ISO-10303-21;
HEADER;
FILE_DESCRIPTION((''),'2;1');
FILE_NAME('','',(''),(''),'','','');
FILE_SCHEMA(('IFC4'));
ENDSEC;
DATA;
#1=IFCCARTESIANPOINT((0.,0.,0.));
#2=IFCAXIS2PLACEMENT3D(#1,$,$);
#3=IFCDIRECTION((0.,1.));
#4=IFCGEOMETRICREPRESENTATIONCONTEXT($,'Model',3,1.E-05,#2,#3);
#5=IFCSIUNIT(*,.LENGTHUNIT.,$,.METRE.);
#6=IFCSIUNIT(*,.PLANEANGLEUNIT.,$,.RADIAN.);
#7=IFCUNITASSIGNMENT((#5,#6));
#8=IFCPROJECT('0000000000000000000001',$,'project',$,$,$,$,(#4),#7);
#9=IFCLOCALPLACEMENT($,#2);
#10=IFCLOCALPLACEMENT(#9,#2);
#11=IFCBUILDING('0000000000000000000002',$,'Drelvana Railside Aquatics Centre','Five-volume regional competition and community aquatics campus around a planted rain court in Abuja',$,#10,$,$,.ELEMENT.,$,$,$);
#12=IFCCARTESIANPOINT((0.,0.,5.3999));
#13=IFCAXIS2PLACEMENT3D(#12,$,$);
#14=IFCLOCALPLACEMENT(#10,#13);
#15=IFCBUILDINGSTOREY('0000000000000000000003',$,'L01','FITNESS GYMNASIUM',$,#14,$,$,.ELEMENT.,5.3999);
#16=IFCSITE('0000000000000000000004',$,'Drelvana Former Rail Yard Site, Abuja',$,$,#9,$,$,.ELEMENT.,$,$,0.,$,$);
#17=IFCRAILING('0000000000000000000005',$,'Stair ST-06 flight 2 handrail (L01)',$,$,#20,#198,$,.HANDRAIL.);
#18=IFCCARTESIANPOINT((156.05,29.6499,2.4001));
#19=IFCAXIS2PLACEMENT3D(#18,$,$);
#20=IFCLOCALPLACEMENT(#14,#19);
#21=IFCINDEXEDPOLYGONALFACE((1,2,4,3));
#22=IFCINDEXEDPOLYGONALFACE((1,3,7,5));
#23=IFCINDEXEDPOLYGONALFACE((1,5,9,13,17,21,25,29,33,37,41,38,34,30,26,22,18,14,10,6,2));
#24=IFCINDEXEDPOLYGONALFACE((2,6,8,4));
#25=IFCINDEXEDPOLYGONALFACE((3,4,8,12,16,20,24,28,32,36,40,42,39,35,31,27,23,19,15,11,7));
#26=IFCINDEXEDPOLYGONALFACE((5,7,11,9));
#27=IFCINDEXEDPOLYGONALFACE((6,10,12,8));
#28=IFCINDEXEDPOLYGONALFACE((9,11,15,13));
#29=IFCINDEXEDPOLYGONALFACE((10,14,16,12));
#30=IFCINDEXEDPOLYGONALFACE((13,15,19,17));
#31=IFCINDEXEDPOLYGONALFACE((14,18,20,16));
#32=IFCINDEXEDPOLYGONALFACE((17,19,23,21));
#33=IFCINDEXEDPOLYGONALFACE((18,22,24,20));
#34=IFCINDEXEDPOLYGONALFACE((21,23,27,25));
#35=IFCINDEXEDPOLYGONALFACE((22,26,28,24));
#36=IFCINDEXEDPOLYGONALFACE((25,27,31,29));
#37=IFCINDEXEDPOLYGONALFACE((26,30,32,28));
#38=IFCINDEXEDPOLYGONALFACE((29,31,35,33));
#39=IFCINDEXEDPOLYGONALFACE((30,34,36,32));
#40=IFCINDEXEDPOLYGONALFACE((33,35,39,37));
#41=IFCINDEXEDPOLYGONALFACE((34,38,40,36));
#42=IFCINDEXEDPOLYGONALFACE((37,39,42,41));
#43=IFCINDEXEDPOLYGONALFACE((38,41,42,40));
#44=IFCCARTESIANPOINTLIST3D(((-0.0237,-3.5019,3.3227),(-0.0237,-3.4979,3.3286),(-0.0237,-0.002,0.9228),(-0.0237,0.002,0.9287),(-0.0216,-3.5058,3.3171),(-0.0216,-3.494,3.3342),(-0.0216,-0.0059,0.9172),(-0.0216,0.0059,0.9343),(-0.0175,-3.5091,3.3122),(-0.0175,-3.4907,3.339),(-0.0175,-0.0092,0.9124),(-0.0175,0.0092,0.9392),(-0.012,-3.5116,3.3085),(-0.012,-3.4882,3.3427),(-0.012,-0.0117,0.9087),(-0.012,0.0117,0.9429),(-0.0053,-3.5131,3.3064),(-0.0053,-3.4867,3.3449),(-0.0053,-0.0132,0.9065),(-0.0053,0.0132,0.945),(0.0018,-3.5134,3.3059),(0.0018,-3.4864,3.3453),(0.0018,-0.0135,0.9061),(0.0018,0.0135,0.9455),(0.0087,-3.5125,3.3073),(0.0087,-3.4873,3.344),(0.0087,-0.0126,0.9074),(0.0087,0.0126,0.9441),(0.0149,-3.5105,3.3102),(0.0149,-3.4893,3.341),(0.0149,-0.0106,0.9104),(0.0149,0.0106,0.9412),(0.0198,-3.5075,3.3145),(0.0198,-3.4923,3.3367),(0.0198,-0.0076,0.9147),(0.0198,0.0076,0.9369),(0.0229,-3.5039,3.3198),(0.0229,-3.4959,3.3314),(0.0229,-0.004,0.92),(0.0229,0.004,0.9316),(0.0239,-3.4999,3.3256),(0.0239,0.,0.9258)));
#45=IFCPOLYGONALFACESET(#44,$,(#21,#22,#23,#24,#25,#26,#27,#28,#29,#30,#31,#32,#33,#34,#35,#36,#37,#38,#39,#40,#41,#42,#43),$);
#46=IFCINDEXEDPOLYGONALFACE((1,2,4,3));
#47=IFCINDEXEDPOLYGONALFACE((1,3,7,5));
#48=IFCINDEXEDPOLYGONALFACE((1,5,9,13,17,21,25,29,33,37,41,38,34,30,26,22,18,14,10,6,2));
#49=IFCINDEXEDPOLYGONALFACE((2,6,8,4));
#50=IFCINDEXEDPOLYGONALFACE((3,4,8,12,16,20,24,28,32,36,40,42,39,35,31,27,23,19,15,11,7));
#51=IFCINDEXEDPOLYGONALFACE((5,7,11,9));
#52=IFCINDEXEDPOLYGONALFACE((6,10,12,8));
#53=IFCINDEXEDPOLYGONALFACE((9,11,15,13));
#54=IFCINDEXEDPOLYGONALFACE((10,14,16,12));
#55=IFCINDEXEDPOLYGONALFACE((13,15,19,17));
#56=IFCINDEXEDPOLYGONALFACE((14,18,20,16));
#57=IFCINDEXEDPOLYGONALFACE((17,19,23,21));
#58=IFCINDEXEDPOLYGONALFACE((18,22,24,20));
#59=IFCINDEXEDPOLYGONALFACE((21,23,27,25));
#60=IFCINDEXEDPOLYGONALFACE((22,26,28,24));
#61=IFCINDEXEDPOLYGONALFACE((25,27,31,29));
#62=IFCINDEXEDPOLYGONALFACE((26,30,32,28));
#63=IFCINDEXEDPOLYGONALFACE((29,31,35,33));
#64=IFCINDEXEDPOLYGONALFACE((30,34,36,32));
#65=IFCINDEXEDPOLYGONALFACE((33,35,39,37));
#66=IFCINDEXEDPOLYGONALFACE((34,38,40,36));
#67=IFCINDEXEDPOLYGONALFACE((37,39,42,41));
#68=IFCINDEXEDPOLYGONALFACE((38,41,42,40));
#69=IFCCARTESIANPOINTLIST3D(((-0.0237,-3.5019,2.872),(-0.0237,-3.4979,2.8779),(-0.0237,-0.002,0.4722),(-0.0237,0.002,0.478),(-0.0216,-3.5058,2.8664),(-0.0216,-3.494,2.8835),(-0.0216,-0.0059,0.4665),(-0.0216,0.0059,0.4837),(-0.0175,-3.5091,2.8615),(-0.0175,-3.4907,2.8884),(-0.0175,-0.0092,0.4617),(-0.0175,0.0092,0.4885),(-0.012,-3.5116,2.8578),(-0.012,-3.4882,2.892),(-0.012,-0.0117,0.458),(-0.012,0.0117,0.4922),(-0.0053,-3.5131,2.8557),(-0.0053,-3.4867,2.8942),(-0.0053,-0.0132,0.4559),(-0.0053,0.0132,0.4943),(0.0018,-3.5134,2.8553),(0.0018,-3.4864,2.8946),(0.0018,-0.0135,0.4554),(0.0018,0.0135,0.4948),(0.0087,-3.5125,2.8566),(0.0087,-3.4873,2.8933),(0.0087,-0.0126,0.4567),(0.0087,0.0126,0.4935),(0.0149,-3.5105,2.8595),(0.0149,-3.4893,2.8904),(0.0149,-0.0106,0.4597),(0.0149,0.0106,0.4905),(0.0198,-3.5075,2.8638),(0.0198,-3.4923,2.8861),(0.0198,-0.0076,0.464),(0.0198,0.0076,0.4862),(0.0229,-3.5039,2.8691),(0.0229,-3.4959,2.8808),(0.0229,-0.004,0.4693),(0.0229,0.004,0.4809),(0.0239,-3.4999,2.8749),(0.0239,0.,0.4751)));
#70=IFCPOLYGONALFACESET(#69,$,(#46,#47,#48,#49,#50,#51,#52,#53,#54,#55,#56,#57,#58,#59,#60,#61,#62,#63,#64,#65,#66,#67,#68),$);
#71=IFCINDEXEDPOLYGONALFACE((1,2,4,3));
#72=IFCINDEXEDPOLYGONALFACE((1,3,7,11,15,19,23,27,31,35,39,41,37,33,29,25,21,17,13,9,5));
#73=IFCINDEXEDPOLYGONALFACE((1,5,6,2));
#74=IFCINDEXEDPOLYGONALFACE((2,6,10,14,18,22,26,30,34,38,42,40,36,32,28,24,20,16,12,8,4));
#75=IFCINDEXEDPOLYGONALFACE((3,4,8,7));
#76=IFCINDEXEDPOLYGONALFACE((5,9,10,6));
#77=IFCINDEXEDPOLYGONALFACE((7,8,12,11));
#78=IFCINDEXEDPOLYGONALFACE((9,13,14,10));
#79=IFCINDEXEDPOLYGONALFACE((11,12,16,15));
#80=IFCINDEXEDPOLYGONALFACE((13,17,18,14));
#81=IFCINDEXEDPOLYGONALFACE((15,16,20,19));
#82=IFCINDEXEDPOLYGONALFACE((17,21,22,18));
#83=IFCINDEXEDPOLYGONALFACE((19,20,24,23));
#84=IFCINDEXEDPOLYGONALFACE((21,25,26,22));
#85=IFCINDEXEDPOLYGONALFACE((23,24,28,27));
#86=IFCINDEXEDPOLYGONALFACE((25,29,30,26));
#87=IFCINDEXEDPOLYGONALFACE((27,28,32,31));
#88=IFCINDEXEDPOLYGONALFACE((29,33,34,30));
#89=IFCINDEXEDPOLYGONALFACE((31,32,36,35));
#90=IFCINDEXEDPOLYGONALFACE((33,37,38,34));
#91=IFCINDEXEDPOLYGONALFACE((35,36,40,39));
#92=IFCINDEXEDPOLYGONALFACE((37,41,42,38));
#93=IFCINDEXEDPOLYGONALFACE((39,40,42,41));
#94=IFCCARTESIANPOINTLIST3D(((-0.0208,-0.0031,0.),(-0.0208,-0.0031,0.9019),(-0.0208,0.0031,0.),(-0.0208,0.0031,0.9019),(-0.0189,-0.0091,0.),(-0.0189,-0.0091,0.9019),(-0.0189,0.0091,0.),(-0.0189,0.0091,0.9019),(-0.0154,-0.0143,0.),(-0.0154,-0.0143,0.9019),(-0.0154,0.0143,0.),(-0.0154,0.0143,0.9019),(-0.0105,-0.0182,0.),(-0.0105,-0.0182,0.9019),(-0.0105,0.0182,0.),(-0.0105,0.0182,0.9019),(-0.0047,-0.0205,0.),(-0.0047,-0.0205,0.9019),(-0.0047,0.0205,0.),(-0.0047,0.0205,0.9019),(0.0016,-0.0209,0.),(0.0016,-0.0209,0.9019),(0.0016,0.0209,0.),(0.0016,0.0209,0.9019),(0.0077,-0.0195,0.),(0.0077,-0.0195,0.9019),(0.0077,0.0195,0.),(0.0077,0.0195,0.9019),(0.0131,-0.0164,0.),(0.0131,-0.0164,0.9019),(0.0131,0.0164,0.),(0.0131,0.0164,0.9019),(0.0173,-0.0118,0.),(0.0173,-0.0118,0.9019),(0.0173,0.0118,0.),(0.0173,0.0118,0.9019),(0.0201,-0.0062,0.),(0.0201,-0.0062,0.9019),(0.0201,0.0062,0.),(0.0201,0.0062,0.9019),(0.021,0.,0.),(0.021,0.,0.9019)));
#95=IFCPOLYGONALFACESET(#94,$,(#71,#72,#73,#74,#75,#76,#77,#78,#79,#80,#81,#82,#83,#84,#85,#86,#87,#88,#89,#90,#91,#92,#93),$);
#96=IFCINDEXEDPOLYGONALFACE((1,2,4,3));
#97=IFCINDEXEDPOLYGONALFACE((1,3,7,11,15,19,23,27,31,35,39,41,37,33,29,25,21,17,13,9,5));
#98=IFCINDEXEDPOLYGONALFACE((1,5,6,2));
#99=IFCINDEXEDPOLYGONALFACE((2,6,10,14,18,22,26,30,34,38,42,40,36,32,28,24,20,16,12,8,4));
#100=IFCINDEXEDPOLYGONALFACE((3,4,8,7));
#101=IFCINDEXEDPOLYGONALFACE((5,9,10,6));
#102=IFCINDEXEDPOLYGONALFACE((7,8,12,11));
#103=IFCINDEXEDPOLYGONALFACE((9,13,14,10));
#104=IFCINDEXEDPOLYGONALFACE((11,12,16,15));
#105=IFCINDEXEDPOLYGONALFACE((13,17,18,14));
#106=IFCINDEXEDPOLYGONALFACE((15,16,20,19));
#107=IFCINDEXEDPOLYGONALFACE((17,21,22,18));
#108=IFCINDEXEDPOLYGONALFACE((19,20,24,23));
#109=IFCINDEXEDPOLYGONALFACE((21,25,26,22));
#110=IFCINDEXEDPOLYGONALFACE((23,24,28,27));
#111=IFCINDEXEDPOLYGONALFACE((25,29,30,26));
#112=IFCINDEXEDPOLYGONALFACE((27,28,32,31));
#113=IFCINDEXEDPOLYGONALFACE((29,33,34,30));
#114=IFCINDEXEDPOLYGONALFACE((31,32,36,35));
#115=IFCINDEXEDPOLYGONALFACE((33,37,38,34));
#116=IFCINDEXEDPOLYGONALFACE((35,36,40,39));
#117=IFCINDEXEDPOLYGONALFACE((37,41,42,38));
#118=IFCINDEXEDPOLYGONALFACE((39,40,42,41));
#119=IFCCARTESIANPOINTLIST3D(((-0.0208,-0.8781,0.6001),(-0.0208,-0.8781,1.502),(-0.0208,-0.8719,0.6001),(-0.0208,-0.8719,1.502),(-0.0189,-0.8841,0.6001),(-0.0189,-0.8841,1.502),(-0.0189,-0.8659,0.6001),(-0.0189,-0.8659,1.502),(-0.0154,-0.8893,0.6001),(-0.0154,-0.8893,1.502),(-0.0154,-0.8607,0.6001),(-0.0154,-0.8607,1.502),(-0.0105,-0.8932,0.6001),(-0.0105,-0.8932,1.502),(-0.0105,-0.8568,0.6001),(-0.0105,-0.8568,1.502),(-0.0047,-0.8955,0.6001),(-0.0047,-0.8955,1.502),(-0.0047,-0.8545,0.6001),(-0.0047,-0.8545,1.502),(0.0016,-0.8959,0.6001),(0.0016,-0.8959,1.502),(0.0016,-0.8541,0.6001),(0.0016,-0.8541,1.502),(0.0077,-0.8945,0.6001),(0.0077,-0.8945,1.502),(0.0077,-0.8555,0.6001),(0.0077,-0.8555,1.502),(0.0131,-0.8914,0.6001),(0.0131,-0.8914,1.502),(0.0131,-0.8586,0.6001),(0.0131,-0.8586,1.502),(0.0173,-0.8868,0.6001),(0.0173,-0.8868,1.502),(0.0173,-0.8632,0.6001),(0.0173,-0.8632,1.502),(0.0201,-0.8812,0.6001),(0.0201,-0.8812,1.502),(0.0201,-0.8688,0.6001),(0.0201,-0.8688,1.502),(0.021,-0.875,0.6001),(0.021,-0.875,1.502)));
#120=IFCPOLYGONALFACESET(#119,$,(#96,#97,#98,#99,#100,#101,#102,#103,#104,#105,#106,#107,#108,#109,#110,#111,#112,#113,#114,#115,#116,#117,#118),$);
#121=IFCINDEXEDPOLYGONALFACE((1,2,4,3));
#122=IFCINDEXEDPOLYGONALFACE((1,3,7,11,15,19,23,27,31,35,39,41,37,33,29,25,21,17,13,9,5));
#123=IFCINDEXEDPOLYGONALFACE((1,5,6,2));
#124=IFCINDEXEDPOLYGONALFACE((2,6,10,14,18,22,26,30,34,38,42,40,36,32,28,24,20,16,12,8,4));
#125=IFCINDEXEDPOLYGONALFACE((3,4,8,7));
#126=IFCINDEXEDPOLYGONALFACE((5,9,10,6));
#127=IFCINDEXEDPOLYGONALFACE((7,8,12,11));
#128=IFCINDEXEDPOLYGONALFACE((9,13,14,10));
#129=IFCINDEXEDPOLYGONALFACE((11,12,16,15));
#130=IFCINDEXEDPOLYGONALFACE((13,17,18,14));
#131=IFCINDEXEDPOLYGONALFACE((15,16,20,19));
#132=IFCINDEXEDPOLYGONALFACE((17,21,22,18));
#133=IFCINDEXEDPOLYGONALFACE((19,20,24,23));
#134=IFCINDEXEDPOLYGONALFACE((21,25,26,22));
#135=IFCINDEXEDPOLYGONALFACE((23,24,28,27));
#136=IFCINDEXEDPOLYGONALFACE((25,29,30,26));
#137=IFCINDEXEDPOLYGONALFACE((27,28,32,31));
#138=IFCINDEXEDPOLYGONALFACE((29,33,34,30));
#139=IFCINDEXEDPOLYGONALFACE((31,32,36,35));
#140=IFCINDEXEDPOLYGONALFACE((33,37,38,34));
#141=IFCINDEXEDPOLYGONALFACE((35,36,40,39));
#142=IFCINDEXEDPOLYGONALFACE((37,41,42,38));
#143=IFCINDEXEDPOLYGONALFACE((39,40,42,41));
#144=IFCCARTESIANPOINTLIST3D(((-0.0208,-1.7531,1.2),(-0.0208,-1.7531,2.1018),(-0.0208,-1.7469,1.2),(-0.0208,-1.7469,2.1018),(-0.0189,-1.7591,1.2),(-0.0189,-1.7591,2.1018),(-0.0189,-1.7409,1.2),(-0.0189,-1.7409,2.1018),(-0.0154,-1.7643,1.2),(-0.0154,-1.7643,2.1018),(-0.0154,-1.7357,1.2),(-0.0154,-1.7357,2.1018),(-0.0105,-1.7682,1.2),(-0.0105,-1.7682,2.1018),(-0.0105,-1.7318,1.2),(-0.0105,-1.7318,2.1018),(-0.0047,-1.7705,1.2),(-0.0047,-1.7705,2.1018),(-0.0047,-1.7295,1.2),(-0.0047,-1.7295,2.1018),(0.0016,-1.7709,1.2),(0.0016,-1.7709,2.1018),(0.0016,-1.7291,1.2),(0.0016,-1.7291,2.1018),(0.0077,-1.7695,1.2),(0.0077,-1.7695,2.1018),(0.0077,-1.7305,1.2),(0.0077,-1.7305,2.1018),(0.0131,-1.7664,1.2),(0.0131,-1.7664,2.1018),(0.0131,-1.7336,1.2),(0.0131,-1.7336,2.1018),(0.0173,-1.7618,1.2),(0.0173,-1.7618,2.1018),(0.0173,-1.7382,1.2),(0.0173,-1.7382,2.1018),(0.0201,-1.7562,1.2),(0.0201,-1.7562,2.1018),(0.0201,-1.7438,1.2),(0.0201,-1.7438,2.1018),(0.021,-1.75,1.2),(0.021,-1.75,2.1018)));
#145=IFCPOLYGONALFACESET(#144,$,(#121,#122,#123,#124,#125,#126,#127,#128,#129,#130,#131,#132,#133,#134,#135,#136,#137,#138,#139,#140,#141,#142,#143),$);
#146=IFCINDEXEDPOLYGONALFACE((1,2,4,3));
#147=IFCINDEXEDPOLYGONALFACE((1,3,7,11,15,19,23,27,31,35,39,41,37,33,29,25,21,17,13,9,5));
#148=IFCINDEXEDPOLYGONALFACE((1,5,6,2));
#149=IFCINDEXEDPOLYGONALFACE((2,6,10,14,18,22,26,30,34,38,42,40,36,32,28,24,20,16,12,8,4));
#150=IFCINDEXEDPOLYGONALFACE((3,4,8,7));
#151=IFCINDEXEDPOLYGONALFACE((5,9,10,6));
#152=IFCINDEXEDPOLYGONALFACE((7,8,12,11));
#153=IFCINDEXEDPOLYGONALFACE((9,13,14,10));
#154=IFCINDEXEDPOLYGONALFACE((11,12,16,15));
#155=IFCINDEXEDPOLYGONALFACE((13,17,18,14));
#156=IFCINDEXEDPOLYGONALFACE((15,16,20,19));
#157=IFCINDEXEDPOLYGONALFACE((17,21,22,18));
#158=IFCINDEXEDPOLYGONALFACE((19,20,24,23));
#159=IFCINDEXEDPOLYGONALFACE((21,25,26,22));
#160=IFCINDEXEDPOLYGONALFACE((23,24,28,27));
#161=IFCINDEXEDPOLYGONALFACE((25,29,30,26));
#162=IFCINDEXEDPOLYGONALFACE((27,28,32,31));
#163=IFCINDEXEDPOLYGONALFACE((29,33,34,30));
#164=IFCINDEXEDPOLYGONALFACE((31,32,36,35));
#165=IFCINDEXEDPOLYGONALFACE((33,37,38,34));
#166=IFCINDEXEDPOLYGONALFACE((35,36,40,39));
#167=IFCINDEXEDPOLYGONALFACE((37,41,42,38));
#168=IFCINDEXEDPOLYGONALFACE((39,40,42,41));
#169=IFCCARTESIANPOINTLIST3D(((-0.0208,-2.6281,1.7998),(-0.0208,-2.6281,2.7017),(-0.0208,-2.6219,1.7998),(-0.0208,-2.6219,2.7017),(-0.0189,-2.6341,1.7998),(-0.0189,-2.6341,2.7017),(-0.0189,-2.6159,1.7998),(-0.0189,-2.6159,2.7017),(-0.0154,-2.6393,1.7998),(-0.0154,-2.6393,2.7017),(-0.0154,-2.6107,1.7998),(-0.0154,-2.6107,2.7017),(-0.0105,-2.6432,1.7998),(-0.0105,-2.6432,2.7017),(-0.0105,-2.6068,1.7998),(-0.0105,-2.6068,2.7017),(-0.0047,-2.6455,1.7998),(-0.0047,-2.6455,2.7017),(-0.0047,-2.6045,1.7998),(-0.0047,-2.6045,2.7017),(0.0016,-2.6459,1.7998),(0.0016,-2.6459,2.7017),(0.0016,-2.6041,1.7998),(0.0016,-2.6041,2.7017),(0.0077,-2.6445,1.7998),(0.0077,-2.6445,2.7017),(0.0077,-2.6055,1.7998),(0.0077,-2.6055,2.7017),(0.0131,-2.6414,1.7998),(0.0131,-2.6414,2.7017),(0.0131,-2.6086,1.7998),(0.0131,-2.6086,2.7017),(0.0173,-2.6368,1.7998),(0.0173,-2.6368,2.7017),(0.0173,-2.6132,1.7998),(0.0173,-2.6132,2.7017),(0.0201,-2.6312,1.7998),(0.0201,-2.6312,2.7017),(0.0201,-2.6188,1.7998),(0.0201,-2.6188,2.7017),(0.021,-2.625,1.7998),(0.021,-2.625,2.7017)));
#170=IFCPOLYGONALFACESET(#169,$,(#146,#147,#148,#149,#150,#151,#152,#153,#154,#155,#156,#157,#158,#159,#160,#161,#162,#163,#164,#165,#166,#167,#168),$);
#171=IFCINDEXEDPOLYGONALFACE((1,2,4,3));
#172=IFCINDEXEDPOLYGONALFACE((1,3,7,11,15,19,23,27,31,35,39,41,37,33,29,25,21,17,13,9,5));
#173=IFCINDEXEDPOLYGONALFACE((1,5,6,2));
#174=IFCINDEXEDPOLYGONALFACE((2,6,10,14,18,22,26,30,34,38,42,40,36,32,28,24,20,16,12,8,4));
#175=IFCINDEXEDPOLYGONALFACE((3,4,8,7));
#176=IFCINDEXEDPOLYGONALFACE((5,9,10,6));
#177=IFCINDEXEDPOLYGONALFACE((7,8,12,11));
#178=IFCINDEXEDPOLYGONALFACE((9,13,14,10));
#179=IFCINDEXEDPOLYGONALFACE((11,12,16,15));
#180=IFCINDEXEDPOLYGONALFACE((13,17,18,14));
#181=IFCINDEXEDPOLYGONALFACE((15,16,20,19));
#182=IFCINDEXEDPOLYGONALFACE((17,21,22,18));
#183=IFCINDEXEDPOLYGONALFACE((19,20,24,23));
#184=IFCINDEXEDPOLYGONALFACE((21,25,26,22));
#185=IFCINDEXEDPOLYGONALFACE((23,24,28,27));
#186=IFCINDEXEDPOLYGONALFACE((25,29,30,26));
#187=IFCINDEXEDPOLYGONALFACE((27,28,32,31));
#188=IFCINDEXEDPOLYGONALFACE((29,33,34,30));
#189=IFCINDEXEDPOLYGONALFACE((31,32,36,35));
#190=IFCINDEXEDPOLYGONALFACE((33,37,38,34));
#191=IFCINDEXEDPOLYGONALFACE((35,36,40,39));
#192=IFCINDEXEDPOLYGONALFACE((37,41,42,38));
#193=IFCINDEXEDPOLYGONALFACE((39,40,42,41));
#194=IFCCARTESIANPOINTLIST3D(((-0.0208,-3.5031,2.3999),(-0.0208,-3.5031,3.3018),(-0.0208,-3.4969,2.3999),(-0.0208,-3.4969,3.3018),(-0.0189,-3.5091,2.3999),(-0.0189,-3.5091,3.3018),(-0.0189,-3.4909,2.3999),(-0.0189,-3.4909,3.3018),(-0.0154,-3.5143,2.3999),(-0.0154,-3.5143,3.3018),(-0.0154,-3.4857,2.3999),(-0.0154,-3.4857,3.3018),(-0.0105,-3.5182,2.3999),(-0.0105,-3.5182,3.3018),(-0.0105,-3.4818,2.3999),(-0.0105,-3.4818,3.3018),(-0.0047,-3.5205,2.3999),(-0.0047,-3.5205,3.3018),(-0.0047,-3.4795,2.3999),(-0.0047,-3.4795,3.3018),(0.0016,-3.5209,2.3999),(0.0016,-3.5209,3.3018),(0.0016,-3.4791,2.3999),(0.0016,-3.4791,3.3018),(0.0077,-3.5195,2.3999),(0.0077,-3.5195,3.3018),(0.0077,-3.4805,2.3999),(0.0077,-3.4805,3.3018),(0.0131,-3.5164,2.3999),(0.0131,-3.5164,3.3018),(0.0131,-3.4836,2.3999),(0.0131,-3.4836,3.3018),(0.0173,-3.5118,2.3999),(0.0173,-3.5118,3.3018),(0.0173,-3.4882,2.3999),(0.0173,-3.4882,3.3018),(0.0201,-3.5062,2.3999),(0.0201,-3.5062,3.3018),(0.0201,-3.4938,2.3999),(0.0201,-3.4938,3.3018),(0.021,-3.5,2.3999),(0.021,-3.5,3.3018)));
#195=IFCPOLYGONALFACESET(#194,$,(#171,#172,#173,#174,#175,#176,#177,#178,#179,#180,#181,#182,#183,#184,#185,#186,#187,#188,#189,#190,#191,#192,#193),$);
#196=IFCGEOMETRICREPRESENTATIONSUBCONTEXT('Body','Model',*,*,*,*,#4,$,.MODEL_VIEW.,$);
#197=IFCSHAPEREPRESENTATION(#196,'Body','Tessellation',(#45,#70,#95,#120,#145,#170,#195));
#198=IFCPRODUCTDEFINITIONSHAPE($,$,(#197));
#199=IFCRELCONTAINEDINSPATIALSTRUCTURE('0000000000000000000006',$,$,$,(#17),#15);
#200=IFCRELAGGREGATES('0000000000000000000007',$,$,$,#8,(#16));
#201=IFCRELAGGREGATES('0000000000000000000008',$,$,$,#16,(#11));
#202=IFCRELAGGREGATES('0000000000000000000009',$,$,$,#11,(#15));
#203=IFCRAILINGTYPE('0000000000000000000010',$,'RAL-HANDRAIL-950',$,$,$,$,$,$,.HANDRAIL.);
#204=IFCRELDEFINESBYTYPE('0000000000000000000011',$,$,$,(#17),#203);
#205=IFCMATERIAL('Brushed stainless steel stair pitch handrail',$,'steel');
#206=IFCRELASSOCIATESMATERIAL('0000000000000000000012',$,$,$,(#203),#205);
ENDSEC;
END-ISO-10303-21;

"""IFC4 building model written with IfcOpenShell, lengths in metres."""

from ifc_helpers import new_model, si_unit, direction, frame, origin, origin_2d, place, context, subcontext, project, spatial, circle, extrude, material, type_object, element, save


model = new_model("IFC4")

# Units and contexts
model_context = context("Model", 3, precision=1e-05, world=origin(), true_north=direction((0.0, 1.0)))
body_context = subcontext(model_context, "Body", "Model", "MODEL_VIEW")
ifc_project = project(units=[si_unit("LENGTHUNIT", "METRE"), si_unit("PLANEANGLEUNIT", "RADIAN")], contexts=[model_context])

# Site, building, storey
site_placement = place(None, origin())
site = spatial("IfcSite", under=ifc_project, at=site_placement, Name="Drelvana Former Rail Yard Site, Abuja", CompositionType="ELEMENT", RefElevation=0.0)
building_placement = place(site_placement, origin())
building = spatial("IfcBuilding", under=site, at=building_placement, Name="Drelvana Railside Aquatics Centre", Description="Five-volume regional competition and community aquatics campus around a planted rain court in Abuja", CompositionType="ELEMENT")
storey_placement = place(building_placement, frame((0.0, 0.0, 5.3999)))
storey = spatial("IfcBuildingStorey", under=building, at=storey_placement, Name="L01", Description="FITNESS GYMNASIUM", CompositionType="ELEMENT", Elevation=5.3999)

# Railing
ifc_material_1 = material(Name="Brushed stainless steel stair pitch handrail", Category="steel")
railing_type = type_object("IfcRailingType", Name="RAL-HANDRAIL-950", PredefinedType="HANDRAIL", material=ifc_material_1)
railing_1_placement = place(storey_placement, frame((156.05, 29.6499, 2.4001)))
element("IfcRailing", 1, at=railing_1_placement, inside=storey, type_object=railing_type, Name="Stair ST-06 flight 2 handrail (L01)", PredefinedType="HANDRAIL", context=body_context, shape_type="SweptSolid", body=[
    extrude(circle(Radius=0.0239, at=origin_2d()), frame((0.0, 0.0, 0.9258), z_axis=(0.0, -0.82474, 0.565513), x_axis=(1.0, 0.0, 0.0)), (0.0, 0.0, 1.0), 4.2437),
    extrude(circle(Radius=0.0239, at=origin_2d()), frame((0.0, 0.0, 0.4751), z_axis=(0.0, -0.82474, 0.565513), x_axis=(1.0, 0.0, 0.0)), (0.0, 0.0, 1.0), 4.2437),
    extrude(circle(Radius=0.021, at=origin_2d()), origin(), (0.0, 0.0, 1.0), 0.9019),
    extrude(circle(Radius=0.021, at=origin_2d()), frame((0.0, -0.875, 0.6001)), (0.0, 0.0, 1.0), 0.9019),
    extrude(circle(Radius=0.021, at=origin_2d()), frame((0.0, -1.75, 1.2)), (0.0, 0.0, 1.0), 0.9019),
    extrude(circle(Radius=0.021, at=origin_2d()), frame((0.0, -2.625, 1.7998)), (0.0, 0.0, 1.0), 0.9019),
    extrude(circle(Radius=0.021, at=origin_2d()), frame((0.0, -3.5, 2.3999)), (0.0, 0.0, 1.0), 0.9019),
])

save(model, "model.ifc")
